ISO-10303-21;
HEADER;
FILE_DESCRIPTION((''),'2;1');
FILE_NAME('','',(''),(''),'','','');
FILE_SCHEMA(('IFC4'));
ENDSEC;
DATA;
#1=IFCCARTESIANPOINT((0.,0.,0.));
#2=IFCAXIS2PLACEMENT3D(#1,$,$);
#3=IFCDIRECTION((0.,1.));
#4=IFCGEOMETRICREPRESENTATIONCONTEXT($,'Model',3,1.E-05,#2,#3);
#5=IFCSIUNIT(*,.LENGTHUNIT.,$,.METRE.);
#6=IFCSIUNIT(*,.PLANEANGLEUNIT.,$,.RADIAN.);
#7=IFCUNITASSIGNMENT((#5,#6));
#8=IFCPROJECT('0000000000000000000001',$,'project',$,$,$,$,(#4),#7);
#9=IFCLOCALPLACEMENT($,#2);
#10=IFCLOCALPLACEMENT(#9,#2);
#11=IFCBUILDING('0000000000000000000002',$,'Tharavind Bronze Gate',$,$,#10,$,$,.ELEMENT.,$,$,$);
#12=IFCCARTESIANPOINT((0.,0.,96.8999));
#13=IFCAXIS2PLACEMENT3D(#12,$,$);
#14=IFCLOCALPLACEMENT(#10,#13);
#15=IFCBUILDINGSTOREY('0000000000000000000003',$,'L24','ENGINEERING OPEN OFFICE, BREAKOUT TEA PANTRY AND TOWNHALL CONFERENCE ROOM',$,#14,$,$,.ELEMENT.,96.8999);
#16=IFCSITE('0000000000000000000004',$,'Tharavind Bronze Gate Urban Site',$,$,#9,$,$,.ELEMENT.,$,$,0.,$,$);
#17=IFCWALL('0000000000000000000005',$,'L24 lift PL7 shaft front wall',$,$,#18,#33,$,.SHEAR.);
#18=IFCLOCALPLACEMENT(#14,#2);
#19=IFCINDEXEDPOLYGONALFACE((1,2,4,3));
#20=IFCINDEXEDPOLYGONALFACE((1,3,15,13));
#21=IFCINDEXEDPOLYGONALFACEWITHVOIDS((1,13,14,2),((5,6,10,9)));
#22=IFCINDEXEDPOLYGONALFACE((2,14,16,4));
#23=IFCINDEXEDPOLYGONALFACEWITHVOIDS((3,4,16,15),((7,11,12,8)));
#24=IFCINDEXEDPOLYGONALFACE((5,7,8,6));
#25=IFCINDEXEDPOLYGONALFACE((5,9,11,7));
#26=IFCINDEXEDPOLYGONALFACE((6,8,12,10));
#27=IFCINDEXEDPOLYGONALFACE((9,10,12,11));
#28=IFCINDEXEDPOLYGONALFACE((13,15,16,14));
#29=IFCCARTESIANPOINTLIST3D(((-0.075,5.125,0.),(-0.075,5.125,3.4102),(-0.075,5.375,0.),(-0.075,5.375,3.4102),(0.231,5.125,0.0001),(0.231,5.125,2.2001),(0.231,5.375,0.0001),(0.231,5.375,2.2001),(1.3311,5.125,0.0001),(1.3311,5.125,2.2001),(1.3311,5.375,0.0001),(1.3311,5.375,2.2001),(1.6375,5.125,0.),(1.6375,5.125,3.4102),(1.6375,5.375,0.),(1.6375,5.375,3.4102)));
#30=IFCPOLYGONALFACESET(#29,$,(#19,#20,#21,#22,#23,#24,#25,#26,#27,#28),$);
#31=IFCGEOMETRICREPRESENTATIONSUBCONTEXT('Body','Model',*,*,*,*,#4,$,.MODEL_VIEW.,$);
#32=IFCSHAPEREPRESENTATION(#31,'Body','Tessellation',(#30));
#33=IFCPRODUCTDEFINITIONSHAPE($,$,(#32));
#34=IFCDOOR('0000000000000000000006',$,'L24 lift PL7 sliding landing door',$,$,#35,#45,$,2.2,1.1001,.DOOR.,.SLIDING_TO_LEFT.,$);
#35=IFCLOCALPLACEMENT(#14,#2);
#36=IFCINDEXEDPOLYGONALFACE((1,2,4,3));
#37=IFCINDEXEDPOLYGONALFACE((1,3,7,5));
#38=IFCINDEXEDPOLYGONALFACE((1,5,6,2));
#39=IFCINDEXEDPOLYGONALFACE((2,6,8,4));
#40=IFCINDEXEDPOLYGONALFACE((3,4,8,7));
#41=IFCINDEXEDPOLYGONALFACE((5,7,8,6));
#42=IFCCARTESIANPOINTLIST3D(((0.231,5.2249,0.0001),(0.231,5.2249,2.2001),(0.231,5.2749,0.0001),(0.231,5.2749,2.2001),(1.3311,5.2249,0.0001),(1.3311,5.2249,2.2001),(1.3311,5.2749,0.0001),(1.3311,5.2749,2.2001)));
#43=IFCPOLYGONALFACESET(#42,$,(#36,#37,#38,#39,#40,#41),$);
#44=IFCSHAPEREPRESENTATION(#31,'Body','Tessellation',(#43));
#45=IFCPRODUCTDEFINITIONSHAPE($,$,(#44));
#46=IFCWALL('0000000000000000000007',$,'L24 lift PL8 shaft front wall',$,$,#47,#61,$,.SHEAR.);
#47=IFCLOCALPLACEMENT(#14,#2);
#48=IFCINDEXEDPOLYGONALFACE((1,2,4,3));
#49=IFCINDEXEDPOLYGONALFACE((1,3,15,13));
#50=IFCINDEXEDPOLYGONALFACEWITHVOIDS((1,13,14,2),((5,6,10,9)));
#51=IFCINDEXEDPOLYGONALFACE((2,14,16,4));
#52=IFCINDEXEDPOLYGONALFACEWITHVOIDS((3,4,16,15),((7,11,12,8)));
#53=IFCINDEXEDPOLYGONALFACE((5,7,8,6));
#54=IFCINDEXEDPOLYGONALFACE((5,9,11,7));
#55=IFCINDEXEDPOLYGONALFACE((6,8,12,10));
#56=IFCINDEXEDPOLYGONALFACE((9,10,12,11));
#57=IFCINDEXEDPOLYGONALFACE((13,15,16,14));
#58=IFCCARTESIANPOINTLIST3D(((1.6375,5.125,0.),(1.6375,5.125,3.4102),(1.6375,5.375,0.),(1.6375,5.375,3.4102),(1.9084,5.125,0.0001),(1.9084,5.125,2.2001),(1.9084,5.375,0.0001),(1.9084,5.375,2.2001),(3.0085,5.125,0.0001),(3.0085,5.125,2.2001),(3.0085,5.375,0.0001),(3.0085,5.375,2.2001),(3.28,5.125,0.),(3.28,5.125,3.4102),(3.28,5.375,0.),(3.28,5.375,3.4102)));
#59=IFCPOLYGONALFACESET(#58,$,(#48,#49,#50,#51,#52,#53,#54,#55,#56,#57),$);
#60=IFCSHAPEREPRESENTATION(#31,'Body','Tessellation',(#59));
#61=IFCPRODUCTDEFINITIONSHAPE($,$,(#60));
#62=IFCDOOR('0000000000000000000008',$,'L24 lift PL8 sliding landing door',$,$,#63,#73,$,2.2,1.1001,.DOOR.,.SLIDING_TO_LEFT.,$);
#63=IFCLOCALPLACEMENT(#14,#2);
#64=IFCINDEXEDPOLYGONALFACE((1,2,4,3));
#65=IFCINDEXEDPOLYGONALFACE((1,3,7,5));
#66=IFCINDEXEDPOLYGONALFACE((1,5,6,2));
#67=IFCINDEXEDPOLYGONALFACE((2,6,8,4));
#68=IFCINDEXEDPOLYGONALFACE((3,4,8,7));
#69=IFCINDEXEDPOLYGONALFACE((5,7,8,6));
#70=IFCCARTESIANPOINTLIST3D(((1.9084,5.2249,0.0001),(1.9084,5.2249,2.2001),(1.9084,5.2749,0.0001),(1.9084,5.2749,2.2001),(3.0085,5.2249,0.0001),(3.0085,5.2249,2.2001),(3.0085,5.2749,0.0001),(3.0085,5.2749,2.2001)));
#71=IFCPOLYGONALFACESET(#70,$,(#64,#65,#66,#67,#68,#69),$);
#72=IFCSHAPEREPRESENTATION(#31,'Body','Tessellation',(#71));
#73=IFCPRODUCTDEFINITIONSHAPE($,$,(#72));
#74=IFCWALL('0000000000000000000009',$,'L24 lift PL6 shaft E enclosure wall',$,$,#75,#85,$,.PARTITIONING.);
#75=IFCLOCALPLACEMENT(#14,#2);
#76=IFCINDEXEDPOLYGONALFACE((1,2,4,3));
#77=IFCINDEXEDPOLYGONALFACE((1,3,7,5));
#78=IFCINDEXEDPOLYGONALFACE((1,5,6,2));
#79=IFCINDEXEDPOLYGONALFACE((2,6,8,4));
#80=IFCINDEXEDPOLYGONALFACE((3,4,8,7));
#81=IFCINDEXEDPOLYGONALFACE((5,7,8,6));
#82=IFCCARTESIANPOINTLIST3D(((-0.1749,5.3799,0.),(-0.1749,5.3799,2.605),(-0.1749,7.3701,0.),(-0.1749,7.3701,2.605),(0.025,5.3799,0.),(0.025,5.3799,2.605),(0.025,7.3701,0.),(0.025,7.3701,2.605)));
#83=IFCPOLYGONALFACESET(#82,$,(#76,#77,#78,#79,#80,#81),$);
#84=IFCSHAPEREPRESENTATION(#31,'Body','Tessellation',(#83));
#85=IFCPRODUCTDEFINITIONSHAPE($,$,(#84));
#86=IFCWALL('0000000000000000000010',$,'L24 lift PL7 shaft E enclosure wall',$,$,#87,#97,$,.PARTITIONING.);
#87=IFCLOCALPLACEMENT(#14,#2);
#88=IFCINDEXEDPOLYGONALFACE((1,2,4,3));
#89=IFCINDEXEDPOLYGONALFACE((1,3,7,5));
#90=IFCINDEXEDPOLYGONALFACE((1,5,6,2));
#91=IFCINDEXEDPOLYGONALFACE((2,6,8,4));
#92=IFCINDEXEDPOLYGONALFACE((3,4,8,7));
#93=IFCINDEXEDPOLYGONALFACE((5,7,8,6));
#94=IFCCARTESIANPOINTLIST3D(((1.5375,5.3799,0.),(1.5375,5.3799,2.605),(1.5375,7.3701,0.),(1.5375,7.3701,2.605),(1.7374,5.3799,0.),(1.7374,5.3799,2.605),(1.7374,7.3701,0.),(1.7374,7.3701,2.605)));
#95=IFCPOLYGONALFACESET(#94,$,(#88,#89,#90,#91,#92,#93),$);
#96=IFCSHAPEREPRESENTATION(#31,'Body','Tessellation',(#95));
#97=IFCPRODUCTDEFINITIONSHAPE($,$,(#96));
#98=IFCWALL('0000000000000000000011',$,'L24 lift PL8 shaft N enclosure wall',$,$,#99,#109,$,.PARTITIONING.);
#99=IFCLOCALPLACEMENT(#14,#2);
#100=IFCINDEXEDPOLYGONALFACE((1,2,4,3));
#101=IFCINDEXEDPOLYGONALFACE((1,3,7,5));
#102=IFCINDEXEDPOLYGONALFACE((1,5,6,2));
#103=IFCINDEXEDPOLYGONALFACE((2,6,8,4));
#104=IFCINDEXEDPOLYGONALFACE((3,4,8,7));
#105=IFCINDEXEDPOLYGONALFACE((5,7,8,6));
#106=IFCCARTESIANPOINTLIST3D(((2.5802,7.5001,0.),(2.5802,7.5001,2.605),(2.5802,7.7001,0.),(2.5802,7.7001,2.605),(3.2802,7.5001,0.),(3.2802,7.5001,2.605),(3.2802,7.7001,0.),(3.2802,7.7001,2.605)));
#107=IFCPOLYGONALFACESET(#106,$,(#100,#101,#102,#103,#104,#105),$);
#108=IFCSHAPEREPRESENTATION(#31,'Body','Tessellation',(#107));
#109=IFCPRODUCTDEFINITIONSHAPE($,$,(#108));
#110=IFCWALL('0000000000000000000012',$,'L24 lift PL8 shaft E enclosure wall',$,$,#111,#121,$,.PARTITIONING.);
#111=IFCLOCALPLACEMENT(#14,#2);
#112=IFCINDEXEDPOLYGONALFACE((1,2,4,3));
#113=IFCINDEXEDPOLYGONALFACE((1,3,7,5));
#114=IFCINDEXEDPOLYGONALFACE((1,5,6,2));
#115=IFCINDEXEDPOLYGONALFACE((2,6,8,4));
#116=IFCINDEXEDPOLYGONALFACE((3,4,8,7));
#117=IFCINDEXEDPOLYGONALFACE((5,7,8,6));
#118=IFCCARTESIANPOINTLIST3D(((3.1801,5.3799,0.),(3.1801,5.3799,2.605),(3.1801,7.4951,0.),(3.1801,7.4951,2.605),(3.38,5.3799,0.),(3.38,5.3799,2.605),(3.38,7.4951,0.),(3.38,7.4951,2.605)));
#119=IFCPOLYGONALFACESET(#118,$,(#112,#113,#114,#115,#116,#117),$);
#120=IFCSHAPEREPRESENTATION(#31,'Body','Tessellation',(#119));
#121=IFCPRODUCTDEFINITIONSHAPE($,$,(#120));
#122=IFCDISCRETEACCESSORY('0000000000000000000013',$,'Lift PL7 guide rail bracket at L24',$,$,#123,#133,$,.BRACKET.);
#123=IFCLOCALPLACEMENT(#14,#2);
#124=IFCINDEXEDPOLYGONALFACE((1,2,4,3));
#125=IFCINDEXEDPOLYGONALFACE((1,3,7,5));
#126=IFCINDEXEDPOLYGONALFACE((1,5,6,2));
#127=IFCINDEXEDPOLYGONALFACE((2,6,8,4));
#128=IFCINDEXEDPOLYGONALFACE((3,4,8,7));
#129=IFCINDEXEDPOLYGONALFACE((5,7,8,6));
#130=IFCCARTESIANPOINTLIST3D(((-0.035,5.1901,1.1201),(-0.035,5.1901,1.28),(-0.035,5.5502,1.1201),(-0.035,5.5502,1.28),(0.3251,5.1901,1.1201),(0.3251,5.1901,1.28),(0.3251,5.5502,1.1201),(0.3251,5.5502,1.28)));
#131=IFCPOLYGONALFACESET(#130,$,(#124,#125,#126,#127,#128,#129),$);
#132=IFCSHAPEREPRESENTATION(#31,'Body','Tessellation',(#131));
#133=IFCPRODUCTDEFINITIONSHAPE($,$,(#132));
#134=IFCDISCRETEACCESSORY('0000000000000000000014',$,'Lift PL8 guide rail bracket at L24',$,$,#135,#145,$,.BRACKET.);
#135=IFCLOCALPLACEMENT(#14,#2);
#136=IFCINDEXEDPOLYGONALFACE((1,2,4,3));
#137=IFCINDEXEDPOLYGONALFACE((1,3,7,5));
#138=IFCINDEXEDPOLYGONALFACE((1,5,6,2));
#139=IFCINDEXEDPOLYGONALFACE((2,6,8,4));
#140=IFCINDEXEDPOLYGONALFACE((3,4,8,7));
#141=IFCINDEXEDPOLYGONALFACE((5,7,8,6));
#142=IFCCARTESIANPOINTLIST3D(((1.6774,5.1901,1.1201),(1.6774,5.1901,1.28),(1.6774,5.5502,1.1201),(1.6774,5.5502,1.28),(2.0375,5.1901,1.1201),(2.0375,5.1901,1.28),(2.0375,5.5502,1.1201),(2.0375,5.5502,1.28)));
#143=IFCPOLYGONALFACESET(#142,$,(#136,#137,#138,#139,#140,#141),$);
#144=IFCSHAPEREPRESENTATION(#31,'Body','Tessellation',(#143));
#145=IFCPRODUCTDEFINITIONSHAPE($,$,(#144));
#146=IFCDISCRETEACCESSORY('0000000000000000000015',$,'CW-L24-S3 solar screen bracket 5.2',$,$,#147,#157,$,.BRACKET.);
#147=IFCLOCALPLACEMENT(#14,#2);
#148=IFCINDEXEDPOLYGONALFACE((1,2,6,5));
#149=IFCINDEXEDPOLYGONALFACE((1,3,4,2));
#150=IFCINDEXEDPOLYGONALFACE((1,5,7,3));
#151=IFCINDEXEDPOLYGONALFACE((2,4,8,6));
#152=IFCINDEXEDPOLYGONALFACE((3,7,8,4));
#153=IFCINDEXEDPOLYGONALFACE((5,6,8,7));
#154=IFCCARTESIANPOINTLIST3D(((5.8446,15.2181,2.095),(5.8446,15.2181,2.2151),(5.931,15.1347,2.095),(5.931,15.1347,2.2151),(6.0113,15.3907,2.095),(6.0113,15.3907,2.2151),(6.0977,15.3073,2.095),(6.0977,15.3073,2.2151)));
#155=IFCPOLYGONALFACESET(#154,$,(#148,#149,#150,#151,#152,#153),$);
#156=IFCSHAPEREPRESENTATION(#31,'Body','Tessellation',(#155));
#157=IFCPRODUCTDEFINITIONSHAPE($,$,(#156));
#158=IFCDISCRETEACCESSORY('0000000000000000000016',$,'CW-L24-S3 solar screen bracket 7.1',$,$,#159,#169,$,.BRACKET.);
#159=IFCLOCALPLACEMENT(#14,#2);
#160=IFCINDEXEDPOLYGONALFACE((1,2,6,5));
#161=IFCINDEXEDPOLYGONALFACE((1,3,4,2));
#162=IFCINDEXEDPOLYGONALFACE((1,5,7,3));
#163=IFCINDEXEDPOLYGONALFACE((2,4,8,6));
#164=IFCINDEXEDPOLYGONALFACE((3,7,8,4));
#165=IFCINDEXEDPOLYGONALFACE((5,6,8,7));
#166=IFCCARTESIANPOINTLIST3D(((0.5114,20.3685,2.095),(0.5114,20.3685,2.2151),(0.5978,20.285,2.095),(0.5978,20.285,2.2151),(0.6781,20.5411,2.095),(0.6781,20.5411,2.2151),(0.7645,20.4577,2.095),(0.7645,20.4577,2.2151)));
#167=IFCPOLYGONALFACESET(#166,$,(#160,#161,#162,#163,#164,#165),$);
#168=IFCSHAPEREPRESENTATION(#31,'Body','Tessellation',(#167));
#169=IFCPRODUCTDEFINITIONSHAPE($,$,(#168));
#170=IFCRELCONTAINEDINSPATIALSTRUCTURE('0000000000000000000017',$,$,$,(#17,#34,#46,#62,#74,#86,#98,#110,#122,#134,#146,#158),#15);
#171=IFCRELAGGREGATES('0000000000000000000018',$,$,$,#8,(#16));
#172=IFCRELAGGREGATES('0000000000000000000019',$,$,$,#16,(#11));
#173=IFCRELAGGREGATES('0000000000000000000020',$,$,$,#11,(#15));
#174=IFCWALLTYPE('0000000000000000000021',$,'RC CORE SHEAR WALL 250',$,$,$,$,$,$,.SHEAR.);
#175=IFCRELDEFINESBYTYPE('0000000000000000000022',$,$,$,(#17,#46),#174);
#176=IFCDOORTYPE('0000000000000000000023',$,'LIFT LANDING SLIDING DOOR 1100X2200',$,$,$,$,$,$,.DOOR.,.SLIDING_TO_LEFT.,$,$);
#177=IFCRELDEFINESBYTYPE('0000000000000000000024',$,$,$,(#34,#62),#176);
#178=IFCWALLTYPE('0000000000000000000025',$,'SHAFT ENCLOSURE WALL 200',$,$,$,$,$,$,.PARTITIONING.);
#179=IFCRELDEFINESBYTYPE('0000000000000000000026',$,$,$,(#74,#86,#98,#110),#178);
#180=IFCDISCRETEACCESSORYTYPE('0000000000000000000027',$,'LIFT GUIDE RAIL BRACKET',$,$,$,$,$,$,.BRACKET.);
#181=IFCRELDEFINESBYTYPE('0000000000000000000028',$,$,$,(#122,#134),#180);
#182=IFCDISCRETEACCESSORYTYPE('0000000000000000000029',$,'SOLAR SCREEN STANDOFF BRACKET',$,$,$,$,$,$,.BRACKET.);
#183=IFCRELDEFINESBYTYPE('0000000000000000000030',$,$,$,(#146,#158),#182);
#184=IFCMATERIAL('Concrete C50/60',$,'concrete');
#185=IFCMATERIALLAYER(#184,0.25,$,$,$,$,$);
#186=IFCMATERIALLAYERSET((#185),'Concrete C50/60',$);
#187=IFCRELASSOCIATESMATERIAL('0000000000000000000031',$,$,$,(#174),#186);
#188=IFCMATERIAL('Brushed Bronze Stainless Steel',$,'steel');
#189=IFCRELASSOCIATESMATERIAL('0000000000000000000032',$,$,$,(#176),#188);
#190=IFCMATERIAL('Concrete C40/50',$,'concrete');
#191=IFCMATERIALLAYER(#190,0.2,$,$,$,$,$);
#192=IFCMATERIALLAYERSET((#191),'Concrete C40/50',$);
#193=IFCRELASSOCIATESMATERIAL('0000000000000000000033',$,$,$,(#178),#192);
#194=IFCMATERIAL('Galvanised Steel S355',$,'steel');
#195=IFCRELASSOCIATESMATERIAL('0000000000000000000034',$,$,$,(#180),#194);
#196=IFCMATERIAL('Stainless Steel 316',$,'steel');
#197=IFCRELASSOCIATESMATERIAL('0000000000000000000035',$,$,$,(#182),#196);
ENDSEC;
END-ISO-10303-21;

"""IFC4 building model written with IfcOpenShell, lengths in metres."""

from ifc_helpers import new_model, si_unit, direction, frame, frame_2d, origin, origin_2d, place, context, subcontext, project, spatial, rectangle, extrude, material, layer, layer_set, type_object, element, fill, save


model = new_model("IFC4")

# Units and contexts
model_context = context("Model", 3, precision=1e-05, world=origin(), true_north=direction((0.0, 1.0)))
body_context = subcontext(model_context, "Body", "Model", "MODEL_VIEW")
ifc_project = project(units=[si_unit("LENGTHUNIT", "METRE"), si_unit("PLANEANGLEUNIT", "RADIAN")], contexts=[model_context])

# Site, building, storey
site_placement = place(None, origin())
site = spatial("IfcSite", under=ifc_project, at=site_placement, Name="Tharavind Bronze Gate Urban Site", CompositionType="ELEMENT", RefElevation=0.0)
building_placement = place(site_placement, origin())
building = spatial("IfcBuilding", under=site, at=building_placement, Name="Tharavind Bronze Gate", CompositionType="ELEMENT")
storey_placement = place(building_placement, frame((0.0, 0.0, 96.8999)))
storey = spatial("IfcBuildingStorey", under=building, at=storey_placement, Name="L24", Description="ENGINEERING OPEN OFFICE, BREAKOUT TEA PANTRY AND TOWNHALL CONFERENCE ROOM", CompositionType="ELEMENT", Elevation=96.8999)

# Walls, openings, doors
ifc_material_1 = material(Name="Concrete C50/60", Category="concrete")
ifc_layer_1 = layer(ifc_material_1, 0.25)
ifc_layer_set_1 = layer_set([ifc_layer_1], Name="Concrete C50/60")
wall_type_1 = type_object("IfcWallType", Name="RC CORE SHEAR WALL 250", PredefinedType="SHEAR", material=ifc_layer_set_1)
wall_1_placement = place(storey_placement, frame((-0.075, 5.25, 0.0), z_axis=(0.0, 0.0, 1.0), x_axis=(1.0, 0.0, 0.0)))
wall_1 = element("IfcWall", 1, at=wall_1_placement, inside=storey, type_object=wall_type_1, Name="L24 lift PL7 shaft front wall", PredefinedType="SHEAR", context=body_context, shape_type="SweptSolid", body=[
    extrude(rectangle(XDim=1.7124, YDim=0.25, at=frame_2d((0.8562, 0.0))), origin(), (0.0, 0.0, 1.0), 3.4102),
])
opening_1_placement = place(wall_1_placement, frame((0.3059, 0.0, 0.0)))
opening_1 = element("IfcOpeningElement", 2, at=opening_1_placement, cuts=wall_1, PredefinedType="OPENING", context=body_context, shape_type="SweptSolid", body=[
    extrude(rectangle(XDim=1.1001, YDim=2.2, at=frame_2d((0.55, 1.1001))), frame((0.0, 0.135, 0.0), z_axis=(0.0, -1.0, 0.0), x_axis=(1.0, 0.0, 0.0)), (0.0, 0.0, 1.0), 0.27),
])
ifc_material_2 = material(Name="Brushed Bronze Stainless Steel", Category="steel")
door_type_1 = type_object("IfcDoorType", Name="LIFT LANDING SLIDING DOOR 1100X2200", OperationType="SLIDING_TO_LEFT", PredefinedType="DOOR", material=ifc_material_2)
door_1_placement = place(opening_1_placement, origin())
door_1 = element("IfcDoor", 3, at=door_1_placement, inside=storey, type_object=door_type_1, Name="L24 lift PL7 sliding landing door", OperationType="SLIDING_TO_LEFT", OverallHeight=2.2, OverallWidth=1.1001, PredefinedType="DOOR", context=body_context, shape_type="SweptSolid", body=[
    extrude(rectangle(XDim=1.1001, YDim=2.2, at=frame_2d((0.55, 1.1001))), frame((0.0, 0.0249, 0.0), z_axis=(0.0, -1.0, 0.0), x_axis=(1.0, 0.0, 0.0)), (0.0, 0.0, 1.0), 0.05),
])
fill(opening_1, door_1)
wall_2_placement = place(storey_placement, frame((1.6375, 5.25, 0.0), z_axis=(0.0, 0.0, 1.0), x_axis=(1.0, 0.0, 0.0)))
wall_2 = element("IfcWall", 4, at=wall_2_placement, inside=storey, type_object=wall_type_1, Name="L24 lift PL8 shaft front wall", PredefinedType="SHEAR", context=body_context, shape_type="SweptSolid", body=[
    extrude(rectangle(XDim=1.6426, YDim=0.25, at=frame_2d((0.8213, 0.0))), origin(), (0.0, 0.0, 1.0), 3.4102),
])
opening_2_placement = place(wall_2_placement, frame((0.271, 0.0, 0.0)))
opening_2 = element("IfcOpeningElement", 5, at=opening_2_placement, cuts=wall_2, PredefinedType="OPENING", context=body_context, shape_type="SweptSolid", body=[
    extrude(rectangle(XDim=1.1001, YDim=2.2, at=frame_2d((0.55, 1.1001))), frame((0.0, 0.135, 0.0), z_axis=(0.0, -1.0, 0.0), x_axis=(1.0, 0.0, 0.0)), (0.0, 0.0, 1.0), 0.27),
])
door_2_placement = place(opening_2_placement, origin())
door_2 = element("IfcDoor", 6, at=door_2_placement, inside=storey, type_object=door_type_1, Name="L24 lift PL8 sliding landing door", OperationType="SLIDING_TO_LEFT", OverallHeight=2.2, OverallWidth=1.1001, PredefinedType="DOOR", context=body_context, shape_type="SweptSolid", body=[
    extrude(rectangle(XDim=1.1001, YDim=2.2, at=frame_2d((0.55, 1.1001))), frame((0.0, 0.0249, 0.0), z_axis=(0.0, -1.0, 0.0), x_axis=(1.0, 0.0, 0.0)), (0.0, 0.0, 1.0), 0.05),
])
fill(opening_2, door_2)

# Walls
ifc_material_3 = material(Name="Concrete C40/50", Category="concrete")
ifc_layer_2 = layer(ifc_material_3, 0.2)
ifc_layer_set_2 = layer_set([ifc_layer_2], Name="Concrete C40/50")
wall_type_2 = type_object("IfcWallType", Name="SHAFT ENCLOSURE WALL 200", PredefinedType="PARTITIONING", material=ifc_layer_set_2)
for number, where, z_axis, x_axis, name in (
    (7, (-0.075, 5.3799, 0.0), (0.0, 0.0, 1.0), (0.0, 1.0, 0.0), "L24 lift PL6 shaft E enclosure wall"),
    (8, (1.6375, 5.3799, 0.0), (0.0, 0.0, 1.0), (0.0, 1.0, 0.0), "L24 lift PL7 shaft E enclosure wall"),
):
    element("IfcWall", number, at=place(storey_placement, frame(where, z_axis=z_axis, x_axis=x_axis)), inside=storey, type_object=wall_type_2, Name=name, PredefinedType="PARTITIONING", context=body_context, shape_type="SweptSolid", body=[
        extrude(rectangle(XDim=1.9902, YDim=0.2, at=frame_2d((0.9951, 0.0))), origin(), (0.0, 0.0, 1.0), 2.605),
    ])
wall_3_placement = place(storey_placement, frame((2.5801, 7.6001, 0.0), z_axis=(0.0, 0.0, 1.0), x_axis=(1.0, 0.0, 0.0)))
element("IfcWall", 9, at=wall_3_placement, inside=storey, type_object=wall_type_2, Name="L24 lift PL8 shaft N enclosure wall", PredefinedType="PARTITIONING", context=body_context, shape_type="SweptSolid", body=[
    extrude(rectangle(XDim=0.7, YDim=0.2, at=frame_2d((0.3501, 0.0))), origin(), (0.0, 0.0, 1.0), 2.605),
])
wall_4_placement = place(storey_placement, frame((3.28, 5.3799, 0.0), z_axis=(0.0, 0.0, 1.0), x_axis=(0.0, 1.0, 0.0)))
element("IfcWall", 10, at=wall_4_placement, inside=storey, type_object=wall_type_2, Name="L24 lift PL8 shaft E enclosure wall", PredefinedType="PARTITIONING", context=body_context, shape_type="SweptSolid", body=[
    extrude(rectangle(XDim=2.1152, YDim=0.2, at=frame_2d((1.0576, 0.0))), origin(), (0.0, 0.0, 1.0), 2.605),
])

# Discrete accessories
ifc_material_4 = material(Name="Galvanised Steel S355", Category="steel")
discrete_accessory_type_1 = type_object("IfcDiscreteAccessoryType", Name="LIFT GUIDE RAIL BRACKET", PredefinedType="BRACKET", material=ifc_material_4)
for number, where, z_axis, x_axis, name in (
    (11, (0.145, 5.3701, 1.1201), (0.0, 0.0, 1.0), (1.0, 0.0, 0.0), "Lift PL7 guide rail bracket at L24"),
    (12, (1.8574, 5.3701, 1.1201), (0.0, 0.0, 1.0), (1.0, 0.0, 0.0), "Lift PL8 guide rail bracket at L24"),
):
    element("IfcDiscreteAccessory", number, at=place(storey_placement, frame(where, z_axis=z_axis, x_axis=x_axis)), inside=storey, type_object=discrete_accessory_type_1, Name=name, PredefinedType="BRACKET", context=body_context, shape_type="SweptSolid", body=[
        extrude(rectangle(XDim=0.3601, YDim=0.3601, at=origin_2d()), origin(), (0.0, 0.0, 1.0), 0.1599),
    ])
ifc_material_5 = material(Name="Stainless Steel 316", Category="steel")
discrete_accessory_type_2 = type_object("IfcDiscreteAccessoryType", Name="SOLAR SCREEN STANDOFF BRACKET", PredefinedType="BRACKET", material=ifc_material_5)
for number, where, z_axis, x_axis, name in (
    (13, (5.9712, 15.2627, 2.095), (0.0, 0.0, 1.0), (-0.719341, 0.694657, 0.0), "CW-L24-S3 solar screen bracket 5.2"),
    (14, (0.6379, 20.4131, 2.095), (0.0, 0.0, 1.0), (-0.719341, 0.694657, 0.0), "CW-L24-S3 solar screen bracket 7.1"),
):
    element("IfcDiscreteAccessory", number, at=place(storey_placement, frame(where, z_axis=z_axis, x_axis=x_axis)), inside=storey, type_object=discrete_accessory_type_2, Name=name, PredefinedType="BRACKET", context=body_context, shape_type="SweptSolid", body=[
        extrude(rectangle(XDim=0.1201, YDim=0.24, at=origin_2d()), origin(), (0.0, 0.0, 1.0), 0.1201),
    ])

save(model, "model.ifc")
